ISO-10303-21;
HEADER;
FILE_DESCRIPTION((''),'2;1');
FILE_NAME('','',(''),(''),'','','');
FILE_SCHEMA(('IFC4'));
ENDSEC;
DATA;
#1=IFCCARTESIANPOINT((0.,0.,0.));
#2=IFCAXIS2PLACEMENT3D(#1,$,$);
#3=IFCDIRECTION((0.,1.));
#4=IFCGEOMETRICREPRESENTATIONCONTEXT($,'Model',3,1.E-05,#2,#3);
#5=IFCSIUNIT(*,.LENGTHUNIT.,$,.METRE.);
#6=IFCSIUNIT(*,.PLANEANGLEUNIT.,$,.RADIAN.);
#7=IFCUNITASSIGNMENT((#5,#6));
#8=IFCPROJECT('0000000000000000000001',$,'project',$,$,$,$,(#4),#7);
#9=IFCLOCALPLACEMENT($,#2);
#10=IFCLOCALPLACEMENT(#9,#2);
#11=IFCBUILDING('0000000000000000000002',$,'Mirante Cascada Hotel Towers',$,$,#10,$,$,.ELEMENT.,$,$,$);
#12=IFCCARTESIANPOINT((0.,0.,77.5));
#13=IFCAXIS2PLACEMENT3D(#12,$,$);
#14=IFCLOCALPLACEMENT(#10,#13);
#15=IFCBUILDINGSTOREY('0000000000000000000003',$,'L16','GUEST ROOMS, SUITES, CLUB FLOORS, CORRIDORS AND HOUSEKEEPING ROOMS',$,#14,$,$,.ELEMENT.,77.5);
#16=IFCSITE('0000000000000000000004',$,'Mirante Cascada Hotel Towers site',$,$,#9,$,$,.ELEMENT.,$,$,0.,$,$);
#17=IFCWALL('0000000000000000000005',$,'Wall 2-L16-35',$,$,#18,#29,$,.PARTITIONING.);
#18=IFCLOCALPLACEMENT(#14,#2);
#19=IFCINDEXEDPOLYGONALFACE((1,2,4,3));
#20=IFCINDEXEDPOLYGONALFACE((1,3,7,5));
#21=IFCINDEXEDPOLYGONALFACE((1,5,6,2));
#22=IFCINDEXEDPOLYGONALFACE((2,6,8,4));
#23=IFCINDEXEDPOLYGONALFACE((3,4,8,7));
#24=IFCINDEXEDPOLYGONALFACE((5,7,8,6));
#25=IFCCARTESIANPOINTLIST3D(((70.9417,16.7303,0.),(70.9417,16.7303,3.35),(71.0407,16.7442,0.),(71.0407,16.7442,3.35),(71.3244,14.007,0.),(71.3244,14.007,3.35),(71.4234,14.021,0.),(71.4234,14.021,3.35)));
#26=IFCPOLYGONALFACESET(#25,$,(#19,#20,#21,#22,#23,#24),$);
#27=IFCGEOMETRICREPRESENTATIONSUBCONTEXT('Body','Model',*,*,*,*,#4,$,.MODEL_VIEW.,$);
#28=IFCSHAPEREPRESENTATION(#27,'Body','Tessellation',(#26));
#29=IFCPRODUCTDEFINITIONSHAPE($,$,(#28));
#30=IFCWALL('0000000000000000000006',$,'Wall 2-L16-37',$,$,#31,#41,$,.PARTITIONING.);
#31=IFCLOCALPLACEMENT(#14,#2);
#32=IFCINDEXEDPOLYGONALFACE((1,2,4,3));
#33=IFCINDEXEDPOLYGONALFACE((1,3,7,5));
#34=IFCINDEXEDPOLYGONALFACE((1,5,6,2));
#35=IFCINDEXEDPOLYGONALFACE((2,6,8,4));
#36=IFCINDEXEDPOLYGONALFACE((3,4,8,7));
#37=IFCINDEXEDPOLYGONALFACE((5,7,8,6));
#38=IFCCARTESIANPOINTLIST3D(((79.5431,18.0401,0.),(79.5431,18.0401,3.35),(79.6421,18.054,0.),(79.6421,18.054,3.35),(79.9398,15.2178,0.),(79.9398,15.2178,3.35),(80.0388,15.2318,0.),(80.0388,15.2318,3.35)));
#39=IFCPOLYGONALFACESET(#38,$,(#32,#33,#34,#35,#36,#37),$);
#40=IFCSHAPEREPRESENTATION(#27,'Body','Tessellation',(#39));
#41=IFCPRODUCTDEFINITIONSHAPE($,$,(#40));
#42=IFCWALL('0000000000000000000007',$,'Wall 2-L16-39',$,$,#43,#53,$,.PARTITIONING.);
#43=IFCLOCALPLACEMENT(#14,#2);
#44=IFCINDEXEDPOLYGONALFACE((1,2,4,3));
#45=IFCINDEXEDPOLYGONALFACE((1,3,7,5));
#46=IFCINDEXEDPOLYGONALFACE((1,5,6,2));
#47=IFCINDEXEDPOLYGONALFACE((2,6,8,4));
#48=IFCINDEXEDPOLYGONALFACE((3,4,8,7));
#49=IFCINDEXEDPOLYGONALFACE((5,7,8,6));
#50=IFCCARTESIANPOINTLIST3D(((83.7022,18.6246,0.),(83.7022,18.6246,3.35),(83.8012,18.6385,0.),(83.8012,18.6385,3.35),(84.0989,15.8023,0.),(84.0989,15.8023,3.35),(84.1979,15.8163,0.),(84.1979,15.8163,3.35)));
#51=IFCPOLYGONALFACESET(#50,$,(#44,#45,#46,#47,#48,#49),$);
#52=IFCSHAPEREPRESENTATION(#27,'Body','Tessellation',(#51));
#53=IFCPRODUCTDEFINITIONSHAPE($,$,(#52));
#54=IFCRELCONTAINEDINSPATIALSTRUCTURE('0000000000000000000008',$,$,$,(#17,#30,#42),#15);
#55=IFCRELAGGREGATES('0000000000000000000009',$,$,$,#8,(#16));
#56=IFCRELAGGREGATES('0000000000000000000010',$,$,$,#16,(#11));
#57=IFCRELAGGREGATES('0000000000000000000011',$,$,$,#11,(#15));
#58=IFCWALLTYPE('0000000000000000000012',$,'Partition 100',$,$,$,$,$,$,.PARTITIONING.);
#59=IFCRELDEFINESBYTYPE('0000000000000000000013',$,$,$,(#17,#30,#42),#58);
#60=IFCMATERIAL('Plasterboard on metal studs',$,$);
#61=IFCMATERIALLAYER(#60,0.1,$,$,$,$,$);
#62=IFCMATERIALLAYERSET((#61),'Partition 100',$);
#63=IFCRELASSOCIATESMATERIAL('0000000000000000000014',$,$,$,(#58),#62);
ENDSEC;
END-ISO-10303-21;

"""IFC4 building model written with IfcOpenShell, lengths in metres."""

from ifc_helpers import new_model, si_unit, direction, frame, frame_2d, origin, place, context, subcontext, project, spatial, rectangle, extrude, material, layer, layer_set, type_object, element, save


model = new_model("IFC4")

# Units and contexts
model_context = context("Model", 3, precision=1e-05, world=origin(), true_north=direction((0.0, 1.0)))
body_context = subcontext(model_context, "Body", "Model", "MODEL_VIEW")
ifc_project = project(units=[si_unit("LENGTHUNIT", "METRE"), si_unit("PLANEANGLEUNIT", "RADIAN")], contexts=[model_context])

# Site, building, storey
site_placement = place(None, origin())
site = spatial("IfcSite", under=ifc_project, at=site_placement, Name="Mirante Cascada Hotel Towers site", CompositionType="ELEMENT", RefElevation=0.0)
building_placement = place(site_placement, origin())
building = spatial("IfcBuilding", under=site, at=building_placement, Name="Mirante Cascada Hotel Towers", CompositionType="ELEMENT")
storey_placement = place(building_placement, frame((0.0, 0.0, 77.5)))
storey = spatial("IfcBuildingStorey", under=building, at=storey_placement, Name="L16", Description="GUEST ROOMS, SUITES, CLUB FLOORS, CORRIDORS AND HOUSEKEEPING ROOMS", CompositionType="ELEMENT", Elevation=77.5)

# Shared definitions
ifc_material_1 = material(Name="Plasterboard on metal studs")
ifc_layer_1 = layer(ifc_material_1, 0.1)
ifc_layer_set_1 = layer_set([ifc_layer_1], Name="Partition 100")
wall_type_1 = type_object("IfcWallType", Name="Partition 100", PredefinedType="PARTITIONING", material=ifc_layer_set_1)

# Walls
wall_1_placement = place(storey_placement, frame((71.3739, 14.014, 0.0), z_axis=(0.0, 0.0, 1.0), x_axis=(-0.139166, 0.990269, 0.0)))
element("IfcWall", 1, at=wall_1_placement, inside=storey, type_object=wall_type_1, Name="Wall 2-L16-35", PredefinedType="PARTITIONING", context=body_context, shape_type="SweptSolid", body=[
    extrude(rectangle(XDim=2.75, YDim=0.1, at=frame_2d((1.375, 0.0))), origin(), (0.0, 0.0, 1.0), 3.35),
])
for number, where, z_axis, x_axis, name in (
    (2, (79.9893, 15.2248, 0.0), (0.0, 0.0, 1.0), (-0.139191, 0.990266, 0.0), "Wall 2-L16-37"),
    (3, (84.1484, 15.8093, 0.0), (0.0, 0.0, 1.0), (-0.139191, 0.990266, 0.0), "Wall 2-L16-39"),
):
    element("IfcWall", number, at=place(storey_placement, frame(where, z_axis=z_axis, x_axis=x_axis)), inside=storey, type_object=wall_type_1, Name=name, PredefinedType="PARTITIONING", context=body_context, shape_type="SweptSolid", body=[
        extrude(rectangle(XDim=2.85, YDim=0.1, at=frame_2d((1.425, 0.0))), origin(), (0.0, 0.0, 1.0), 3.35),
    ])

save(model, "model.ifc")
